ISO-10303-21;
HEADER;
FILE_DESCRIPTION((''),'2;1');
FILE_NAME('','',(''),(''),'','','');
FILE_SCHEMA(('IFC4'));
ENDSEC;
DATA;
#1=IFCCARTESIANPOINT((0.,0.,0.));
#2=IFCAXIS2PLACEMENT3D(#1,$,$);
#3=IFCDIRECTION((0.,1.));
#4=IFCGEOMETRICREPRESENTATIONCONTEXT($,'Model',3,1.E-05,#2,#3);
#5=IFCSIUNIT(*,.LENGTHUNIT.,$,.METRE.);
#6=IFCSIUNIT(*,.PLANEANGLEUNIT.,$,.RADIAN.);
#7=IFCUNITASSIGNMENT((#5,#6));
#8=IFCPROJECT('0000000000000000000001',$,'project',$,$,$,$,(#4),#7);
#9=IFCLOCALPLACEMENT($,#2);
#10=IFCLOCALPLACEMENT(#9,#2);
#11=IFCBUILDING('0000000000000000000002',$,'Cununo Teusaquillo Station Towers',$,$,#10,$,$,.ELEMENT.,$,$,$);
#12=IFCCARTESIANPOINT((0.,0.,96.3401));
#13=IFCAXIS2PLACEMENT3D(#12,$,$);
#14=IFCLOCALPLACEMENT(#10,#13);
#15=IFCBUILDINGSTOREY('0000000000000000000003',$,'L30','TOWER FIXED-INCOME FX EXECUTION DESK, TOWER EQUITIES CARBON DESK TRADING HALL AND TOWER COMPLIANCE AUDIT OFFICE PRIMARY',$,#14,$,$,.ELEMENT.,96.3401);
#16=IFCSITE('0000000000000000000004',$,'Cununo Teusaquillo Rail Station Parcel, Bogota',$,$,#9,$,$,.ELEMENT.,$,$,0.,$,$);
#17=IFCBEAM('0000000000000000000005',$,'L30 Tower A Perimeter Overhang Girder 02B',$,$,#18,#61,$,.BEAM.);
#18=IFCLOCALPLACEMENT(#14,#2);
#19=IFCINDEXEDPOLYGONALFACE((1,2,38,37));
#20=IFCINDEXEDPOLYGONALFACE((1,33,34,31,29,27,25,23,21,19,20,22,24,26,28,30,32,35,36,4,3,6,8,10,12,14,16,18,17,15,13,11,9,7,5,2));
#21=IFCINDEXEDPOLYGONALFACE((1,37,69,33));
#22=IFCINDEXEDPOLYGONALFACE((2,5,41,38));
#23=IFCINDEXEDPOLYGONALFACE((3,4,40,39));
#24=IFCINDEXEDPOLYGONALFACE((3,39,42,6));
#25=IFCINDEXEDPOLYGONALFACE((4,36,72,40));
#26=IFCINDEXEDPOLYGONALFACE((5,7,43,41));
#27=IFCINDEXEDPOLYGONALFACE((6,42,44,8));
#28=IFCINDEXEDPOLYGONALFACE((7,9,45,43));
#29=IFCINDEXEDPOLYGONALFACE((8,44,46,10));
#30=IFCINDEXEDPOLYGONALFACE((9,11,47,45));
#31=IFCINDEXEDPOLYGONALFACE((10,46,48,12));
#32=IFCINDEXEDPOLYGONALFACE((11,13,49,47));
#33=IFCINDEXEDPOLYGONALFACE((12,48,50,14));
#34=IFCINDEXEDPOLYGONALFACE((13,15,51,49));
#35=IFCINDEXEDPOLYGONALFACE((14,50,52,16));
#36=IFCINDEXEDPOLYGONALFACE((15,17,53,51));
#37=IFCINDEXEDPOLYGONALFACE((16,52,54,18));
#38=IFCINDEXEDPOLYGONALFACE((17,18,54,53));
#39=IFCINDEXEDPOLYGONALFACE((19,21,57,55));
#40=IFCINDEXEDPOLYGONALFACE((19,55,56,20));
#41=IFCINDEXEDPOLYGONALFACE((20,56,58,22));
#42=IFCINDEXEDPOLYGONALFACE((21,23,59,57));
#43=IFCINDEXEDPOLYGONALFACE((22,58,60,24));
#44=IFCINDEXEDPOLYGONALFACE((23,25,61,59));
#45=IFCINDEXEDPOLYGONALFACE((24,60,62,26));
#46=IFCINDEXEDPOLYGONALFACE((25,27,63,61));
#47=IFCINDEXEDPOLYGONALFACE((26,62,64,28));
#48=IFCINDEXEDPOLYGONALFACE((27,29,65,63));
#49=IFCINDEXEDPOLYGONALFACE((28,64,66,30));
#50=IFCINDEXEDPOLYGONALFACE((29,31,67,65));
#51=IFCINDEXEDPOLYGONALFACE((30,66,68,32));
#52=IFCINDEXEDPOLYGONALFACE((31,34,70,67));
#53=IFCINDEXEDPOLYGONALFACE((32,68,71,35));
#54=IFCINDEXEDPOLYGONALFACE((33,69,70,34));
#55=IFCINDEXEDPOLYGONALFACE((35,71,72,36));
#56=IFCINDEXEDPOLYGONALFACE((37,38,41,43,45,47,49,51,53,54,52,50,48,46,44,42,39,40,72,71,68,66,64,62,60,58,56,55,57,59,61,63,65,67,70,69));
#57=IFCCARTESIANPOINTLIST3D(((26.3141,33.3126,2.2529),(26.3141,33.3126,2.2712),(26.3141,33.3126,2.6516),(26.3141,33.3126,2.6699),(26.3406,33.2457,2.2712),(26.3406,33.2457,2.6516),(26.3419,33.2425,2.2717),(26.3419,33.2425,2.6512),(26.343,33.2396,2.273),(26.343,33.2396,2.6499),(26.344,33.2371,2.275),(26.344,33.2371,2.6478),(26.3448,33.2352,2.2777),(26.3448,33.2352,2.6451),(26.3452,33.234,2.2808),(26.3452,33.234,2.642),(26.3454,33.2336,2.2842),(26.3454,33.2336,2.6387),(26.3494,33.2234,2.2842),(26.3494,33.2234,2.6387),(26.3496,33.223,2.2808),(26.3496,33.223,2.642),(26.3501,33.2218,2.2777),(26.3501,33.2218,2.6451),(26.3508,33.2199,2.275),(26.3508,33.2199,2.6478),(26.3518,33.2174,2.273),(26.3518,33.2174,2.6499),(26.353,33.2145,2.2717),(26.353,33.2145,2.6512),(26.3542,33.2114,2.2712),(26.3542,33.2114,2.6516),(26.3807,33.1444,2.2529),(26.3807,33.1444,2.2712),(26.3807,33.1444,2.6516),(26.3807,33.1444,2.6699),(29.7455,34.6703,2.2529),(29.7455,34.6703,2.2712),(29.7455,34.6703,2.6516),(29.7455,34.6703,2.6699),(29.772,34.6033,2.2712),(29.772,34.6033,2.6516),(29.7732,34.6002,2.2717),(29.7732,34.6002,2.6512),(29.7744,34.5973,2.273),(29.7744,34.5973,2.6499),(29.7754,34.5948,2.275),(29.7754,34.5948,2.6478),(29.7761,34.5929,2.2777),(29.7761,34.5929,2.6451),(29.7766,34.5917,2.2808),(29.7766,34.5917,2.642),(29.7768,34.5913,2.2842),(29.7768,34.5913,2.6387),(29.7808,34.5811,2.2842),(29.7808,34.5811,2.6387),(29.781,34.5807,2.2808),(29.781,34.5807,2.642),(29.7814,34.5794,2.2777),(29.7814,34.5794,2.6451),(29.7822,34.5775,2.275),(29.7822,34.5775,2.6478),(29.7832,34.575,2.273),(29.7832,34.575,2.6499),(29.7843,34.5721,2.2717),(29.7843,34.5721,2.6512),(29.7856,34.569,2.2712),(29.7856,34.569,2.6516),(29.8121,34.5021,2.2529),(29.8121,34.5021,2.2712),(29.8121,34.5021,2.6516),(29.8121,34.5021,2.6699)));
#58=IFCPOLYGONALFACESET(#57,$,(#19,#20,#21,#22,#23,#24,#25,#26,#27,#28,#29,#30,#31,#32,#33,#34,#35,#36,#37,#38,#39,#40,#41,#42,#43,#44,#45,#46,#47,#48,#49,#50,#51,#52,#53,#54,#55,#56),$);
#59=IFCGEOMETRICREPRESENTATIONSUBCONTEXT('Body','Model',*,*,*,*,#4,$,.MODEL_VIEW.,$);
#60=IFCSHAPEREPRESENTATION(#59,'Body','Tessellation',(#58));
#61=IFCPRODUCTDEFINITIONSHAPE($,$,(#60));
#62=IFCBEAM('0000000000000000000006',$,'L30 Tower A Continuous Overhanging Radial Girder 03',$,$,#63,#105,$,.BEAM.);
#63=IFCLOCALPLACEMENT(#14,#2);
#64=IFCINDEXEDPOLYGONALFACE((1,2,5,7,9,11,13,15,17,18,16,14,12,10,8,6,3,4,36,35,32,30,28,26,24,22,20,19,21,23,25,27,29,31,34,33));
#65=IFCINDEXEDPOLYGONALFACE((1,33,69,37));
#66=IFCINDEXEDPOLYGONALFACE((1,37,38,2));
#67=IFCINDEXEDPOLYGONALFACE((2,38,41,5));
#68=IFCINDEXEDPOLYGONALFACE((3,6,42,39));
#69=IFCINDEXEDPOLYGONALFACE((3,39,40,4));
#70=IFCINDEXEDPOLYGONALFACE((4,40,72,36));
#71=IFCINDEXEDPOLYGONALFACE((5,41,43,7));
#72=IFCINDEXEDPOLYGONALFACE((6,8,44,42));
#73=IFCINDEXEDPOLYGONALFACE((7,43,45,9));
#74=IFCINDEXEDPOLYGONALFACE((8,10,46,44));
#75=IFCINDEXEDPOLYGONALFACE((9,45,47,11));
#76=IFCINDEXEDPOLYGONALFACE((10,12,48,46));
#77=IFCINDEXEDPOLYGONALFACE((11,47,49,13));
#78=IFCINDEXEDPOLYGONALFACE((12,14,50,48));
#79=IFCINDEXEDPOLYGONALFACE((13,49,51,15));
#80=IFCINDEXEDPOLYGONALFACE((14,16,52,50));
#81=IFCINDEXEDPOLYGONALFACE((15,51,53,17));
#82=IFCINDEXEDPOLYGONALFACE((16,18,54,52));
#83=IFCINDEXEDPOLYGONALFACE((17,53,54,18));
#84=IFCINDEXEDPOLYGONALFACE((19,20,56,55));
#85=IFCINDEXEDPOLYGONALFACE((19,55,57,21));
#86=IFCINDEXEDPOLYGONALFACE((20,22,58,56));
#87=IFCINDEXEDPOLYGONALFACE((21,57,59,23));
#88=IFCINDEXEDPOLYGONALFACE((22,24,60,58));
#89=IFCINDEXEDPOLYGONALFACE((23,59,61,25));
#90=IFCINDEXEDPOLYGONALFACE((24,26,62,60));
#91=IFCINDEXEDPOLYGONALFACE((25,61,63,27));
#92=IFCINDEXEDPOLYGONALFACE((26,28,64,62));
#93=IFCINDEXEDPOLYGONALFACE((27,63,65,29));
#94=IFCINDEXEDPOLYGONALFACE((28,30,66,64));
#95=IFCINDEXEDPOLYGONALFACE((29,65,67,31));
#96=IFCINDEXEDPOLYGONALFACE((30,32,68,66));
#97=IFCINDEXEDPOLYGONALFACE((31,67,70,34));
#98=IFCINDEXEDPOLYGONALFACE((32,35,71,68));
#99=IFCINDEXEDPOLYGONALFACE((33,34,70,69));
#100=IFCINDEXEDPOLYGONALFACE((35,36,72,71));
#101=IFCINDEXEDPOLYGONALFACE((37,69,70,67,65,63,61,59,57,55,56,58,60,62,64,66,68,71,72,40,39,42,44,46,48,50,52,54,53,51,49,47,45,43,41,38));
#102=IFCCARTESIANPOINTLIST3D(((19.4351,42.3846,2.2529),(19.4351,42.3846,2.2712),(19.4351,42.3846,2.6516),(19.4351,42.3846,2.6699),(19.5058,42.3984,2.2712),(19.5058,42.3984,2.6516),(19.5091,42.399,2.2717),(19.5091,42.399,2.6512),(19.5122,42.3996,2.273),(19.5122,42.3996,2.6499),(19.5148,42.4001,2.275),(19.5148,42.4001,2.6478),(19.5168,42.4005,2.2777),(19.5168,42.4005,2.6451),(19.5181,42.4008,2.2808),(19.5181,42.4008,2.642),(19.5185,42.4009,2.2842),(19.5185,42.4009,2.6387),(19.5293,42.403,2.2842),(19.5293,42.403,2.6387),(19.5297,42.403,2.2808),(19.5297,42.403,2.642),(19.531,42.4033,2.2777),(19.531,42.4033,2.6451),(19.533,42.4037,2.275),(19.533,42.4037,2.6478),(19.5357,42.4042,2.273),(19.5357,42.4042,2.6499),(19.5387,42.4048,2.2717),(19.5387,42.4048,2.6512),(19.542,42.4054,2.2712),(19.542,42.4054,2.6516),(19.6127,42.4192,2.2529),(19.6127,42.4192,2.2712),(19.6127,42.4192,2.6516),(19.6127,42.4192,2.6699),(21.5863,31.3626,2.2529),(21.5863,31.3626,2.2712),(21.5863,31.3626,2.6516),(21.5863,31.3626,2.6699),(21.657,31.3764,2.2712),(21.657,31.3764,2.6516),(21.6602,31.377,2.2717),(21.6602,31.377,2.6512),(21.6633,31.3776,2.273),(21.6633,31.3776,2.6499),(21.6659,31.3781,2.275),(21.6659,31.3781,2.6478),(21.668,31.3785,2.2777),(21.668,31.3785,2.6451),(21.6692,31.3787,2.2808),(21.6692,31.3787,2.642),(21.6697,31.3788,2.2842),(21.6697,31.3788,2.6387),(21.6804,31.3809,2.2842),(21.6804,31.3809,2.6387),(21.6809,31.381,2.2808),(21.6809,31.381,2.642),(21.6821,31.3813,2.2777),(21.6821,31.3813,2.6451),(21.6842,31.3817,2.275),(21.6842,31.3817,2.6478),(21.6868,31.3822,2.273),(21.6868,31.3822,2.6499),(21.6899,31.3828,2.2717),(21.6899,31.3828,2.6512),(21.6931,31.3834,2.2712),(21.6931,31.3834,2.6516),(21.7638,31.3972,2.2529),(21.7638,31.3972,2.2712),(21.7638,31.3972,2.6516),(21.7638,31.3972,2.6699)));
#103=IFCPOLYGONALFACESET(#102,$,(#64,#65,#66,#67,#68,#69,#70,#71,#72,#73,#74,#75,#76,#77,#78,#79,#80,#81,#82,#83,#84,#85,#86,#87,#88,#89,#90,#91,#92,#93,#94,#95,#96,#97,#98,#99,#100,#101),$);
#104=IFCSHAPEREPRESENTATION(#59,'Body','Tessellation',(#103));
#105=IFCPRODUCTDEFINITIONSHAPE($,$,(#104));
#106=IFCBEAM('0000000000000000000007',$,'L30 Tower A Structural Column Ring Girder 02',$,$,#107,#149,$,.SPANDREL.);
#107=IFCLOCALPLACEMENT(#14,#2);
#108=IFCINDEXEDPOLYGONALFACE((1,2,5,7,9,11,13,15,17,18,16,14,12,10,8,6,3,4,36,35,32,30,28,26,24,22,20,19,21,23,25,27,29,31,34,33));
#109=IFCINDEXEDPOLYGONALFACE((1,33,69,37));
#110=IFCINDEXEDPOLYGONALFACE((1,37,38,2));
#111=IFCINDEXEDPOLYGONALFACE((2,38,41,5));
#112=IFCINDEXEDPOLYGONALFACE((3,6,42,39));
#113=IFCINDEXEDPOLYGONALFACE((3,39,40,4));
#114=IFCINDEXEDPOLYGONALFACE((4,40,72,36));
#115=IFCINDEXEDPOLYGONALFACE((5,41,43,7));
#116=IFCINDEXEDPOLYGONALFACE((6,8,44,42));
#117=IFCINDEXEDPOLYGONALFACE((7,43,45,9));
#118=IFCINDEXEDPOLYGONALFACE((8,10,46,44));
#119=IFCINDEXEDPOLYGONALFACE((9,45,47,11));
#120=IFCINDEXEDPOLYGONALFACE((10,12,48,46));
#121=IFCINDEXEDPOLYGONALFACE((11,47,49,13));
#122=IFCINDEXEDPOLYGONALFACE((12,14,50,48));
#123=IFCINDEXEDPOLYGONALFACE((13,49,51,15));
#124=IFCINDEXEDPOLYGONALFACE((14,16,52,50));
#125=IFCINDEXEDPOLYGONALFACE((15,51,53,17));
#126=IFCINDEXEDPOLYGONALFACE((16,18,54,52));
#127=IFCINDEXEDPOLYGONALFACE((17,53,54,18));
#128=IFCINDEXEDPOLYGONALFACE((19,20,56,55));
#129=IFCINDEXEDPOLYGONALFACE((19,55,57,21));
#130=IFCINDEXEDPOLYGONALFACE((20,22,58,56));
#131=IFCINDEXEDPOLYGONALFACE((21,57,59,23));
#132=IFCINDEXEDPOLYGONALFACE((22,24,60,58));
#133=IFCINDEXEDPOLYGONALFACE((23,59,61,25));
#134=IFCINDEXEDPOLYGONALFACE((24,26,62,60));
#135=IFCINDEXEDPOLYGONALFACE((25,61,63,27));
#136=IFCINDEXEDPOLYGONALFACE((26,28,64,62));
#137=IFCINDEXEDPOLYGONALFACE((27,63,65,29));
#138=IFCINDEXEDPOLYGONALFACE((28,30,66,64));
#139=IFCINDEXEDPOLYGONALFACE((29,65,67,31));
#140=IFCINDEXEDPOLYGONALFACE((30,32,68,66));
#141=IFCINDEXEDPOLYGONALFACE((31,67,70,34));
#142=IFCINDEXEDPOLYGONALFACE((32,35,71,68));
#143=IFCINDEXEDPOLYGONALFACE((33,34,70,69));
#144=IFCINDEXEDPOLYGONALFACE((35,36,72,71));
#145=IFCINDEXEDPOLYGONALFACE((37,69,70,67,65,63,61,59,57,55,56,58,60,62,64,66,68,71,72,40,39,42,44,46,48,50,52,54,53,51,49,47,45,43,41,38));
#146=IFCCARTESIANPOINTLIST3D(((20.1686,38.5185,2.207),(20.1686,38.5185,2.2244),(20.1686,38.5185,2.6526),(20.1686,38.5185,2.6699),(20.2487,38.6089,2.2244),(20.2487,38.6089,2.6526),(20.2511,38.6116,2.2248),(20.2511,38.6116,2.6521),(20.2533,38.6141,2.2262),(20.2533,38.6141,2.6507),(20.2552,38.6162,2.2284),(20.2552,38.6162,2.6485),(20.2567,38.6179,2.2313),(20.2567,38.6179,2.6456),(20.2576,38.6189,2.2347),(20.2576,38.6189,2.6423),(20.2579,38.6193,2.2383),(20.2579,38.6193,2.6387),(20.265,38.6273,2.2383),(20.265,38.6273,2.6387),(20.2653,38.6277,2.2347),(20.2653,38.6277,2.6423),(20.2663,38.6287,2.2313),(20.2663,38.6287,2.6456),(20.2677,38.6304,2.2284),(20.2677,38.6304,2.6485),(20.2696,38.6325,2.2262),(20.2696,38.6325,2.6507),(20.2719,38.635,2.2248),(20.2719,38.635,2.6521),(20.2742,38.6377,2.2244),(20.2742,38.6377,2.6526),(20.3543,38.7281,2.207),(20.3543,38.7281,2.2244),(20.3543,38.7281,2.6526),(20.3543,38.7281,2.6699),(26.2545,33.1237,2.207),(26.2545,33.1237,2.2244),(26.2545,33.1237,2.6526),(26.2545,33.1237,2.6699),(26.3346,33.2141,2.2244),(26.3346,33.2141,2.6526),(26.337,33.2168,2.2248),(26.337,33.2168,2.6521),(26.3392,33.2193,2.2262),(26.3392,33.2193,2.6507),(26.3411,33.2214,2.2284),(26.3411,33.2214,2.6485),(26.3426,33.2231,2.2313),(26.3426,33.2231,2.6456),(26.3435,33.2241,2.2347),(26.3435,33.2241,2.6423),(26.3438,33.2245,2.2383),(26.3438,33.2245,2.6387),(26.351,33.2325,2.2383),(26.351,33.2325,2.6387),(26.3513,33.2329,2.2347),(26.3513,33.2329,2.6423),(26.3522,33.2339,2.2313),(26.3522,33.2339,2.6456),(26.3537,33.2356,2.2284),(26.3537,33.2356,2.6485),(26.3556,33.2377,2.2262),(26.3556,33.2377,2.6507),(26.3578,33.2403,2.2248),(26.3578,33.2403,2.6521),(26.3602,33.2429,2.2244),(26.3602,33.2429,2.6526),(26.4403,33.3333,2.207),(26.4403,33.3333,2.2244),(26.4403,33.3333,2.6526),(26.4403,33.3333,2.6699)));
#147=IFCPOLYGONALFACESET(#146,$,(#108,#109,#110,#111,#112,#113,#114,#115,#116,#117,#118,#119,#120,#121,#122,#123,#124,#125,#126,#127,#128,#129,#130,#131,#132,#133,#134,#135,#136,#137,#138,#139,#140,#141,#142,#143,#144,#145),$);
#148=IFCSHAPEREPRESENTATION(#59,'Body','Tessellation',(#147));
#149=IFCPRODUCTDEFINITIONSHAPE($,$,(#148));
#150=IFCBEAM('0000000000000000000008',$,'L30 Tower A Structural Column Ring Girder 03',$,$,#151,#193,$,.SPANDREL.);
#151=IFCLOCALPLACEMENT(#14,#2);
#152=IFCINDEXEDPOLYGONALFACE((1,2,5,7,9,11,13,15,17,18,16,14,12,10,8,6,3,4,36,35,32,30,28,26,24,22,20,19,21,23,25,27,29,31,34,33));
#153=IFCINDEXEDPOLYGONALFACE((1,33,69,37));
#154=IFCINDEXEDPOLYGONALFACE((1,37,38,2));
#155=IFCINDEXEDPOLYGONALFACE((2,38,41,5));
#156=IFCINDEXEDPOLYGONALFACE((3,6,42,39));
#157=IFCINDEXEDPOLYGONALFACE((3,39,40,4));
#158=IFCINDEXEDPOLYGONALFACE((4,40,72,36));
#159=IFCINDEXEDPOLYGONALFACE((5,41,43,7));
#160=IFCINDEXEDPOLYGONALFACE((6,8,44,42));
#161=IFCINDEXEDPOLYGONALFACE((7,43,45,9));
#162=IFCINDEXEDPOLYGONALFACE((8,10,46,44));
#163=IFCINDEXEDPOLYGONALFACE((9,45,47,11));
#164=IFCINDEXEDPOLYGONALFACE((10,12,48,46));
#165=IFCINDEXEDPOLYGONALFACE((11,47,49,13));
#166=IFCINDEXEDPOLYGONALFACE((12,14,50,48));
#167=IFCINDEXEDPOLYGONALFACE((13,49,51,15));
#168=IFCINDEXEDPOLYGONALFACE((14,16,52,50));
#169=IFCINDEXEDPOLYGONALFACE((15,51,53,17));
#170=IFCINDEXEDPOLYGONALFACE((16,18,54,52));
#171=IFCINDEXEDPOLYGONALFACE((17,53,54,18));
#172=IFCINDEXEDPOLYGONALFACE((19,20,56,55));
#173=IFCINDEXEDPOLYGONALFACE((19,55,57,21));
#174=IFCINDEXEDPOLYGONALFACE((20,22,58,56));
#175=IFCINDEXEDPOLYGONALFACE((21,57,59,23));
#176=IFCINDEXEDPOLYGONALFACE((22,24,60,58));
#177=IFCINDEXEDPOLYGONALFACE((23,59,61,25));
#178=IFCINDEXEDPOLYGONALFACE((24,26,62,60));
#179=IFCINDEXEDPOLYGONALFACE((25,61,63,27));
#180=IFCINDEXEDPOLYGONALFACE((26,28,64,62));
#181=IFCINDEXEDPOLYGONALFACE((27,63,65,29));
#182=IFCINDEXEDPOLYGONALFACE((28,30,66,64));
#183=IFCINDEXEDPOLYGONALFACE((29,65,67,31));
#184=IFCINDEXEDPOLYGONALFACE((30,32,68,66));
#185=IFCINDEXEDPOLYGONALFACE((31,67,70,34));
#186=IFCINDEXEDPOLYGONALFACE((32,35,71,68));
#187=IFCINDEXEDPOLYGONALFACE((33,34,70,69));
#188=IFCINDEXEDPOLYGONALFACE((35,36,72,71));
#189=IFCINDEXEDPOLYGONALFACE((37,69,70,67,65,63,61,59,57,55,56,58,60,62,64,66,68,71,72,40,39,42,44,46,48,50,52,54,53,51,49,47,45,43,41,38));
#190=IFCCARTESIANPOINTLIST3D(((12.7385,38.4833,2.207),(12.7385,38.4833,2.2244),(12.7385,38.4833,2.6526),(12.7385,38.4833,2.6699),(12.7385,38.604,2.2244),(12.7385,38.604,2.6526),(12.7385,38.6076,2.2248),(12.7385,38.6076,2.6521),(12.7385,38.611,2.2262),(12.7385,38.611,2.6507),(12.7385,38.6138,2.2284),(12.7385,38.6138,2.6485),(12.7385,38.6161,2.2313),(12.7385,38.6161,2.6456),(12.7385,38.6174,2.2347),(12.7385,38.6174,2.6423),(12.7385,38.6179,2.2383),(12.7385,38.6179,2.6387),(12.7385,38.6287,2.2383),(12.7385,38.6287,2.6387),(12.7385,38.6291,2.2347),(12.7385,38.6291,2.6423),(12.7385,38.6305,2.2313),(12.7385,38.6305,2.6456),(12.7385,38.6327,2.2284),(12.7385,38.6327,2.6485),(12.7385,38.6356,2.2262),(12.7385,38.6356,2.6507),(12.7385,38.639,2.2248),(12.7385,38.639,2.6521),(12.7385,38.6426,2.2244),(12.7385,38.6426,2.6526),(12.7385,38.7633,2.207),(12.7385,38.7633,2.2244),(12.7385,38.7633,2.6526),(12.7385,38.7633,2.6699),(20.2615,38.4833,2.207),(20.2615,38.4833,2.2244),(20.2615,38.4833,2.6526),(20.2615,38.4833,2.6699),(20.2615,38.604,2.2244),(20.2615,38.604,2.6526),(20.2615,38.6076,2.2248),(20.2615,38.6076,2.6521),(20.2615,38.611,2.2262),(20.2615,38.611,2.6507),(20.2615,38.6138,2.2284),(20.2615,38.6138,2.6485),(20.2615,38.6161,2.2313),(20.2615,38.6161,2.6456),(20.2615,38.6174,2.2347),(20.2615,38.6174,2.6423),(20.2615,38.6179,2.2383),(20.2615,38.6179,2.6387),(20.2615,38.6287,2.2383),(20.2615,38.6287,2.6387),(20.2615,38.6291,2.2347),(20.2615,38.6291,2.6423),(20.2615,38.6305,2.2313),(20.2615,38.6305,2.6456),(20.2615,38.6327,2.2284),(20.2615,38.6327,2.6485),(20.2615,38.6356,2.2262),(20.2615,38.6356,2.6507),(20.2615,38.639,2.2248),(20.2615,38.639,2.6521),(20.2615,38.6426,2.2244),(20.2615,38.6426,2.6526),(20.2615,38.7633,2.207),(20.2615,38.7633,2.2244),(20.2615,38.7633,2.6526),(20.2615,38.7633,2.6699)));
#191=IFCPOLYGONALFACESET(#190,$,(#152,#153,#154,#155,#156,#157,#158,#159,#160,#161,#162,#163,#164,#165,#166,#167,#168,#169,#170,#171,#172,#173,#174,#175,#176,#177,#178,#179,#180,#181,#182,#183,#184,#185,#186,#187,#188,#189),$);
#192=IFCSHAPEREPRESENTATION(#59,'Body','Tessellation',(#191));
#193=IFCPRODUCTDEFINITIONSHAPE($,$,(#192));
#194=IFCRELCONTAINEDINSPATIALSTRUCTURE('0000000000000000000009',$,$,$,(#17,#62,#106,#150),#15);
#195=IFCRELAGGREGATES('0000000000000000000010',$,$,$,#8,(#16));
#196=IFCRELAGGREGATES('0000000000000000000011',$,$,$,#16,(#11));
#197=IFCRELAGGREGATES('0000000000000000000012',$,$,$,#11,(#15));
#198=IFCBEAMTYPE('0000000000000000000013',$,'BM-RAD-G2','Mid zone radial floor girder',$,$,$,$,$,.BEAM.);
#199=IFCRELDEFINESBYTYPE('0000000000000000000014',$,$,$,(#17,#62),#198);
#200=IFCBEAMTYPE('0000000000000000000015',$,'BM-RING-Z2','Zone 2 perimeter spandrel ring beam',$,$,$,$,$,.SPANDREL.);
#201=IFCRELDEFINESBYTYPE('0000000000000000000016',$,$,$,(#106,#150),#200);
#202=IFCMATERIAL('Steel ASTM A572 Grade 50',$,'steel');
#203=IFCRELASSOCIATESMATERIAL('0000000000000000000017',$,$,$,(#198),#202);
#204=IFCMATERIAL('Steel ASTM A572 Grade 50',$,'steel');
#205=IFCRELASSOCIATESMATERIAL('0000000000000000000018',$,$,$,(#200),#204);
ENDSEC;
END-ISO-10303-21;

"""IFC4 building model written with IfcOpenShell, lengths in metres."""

from ifc_helpers import new_model, si_unit, direction, frame, origin, origin_2d, place, context, subcontext, project, spatial, i_section, extrude, material, material_profile, profile_set, type_object, element, save


model = new_model("IFC4")

# Units and contexts
model_context = context("Model", 3, precision=1e-05, world=origin(), true_north=direction((0.0, 1.0)))
body_context = subcontext(model_context, "Body", "Model", "MODEL_VIEW")
ifc_project = project(units=[si_unit("LENGTHUNIT", "METRE"), si_unit("PLANEANGLEUNIT", "RADIAN")], contexts=[model_context])

# Site, building, storey
site_placement = place(None, origin())
site = spatial("IfcSite", under=ifc_project, at=site_placement, Name="Cununo Teusaquillo Rail Station Parcel, Bogota", CompositionType="ELEMENT", RefElevation=0.0)
building_placement = place(site_placement, origin())
building = spatial("IfcBuilding", under=site, at=building_placement, Name="Cununo Teusaquillo Station Towers", CompositionType="ELEMENT")
storey_placement = place(building_placement, frame((0.0, 0.0, 96.3401)))
storey = spatial("IfcBuildingStorey", under=building, at=storey_placement, Name="L30", Description="TOWER FIXED-INCOME FX EXECUTION DESK, TOWER EQUITIES CARBON DESK TRADING HALL AND TOWER COMPLIANCE AUDIT OFFICE PRIMARY", CompositionType="ELEMENT", Elevation=96.3401)

# Beams
ifc_material_1 = material(Name="Steel ASTM A572 Grade 50", Category="steel")
ifc_material_profile_1 = material_profile(ifc_material_1, i_section(OverallWidth=0.1809, OverallDepth=0.417, WebThickness=0.011, FlangeThickness=0.0183, FilletRadius=0.0129, at=origin_2d()), Name="W16X57")
ifc_profile_set_1 = profile_set([ifc_material_profile_1], Name="Steel ASTM A572 Grade 50")
beam_type_1 = type_object("IfcBeamType", Name="BM-RAD-G2", Description="Mid zone radial floor girder", PredefinedType="BEAM", material=ifc_profile_set_1)
beam_1_placement = place(storey_placement, frame((26.3474, 33.2285, 2.4614), z_axis=(0.929862, 0.367909, 0.0), x_axis=(-0.367909, 0.929862, 0.0)))
element("IfcBeam", 1, at=beam_1_placement, inside=storey, type_object=beam_type_1, Name="L30 Tower A Perimeter Overhang Girder 02B", PredefinedType="BEAM", context=body_context, shape_type="SweptSolid", body=[
    extrude(i_section(OverallWidth=0.1809, OverallDepth=0.417, WebThickness=0.011, FlangeThickness=0.0183, FilletRadius=0.0129, at=origin_2d()), origin(), (0.0, 0.0, 1.0), 3.6902),
])
beam_2_placement = place(storey_placement, frame((21.675, 31.3799, 2.4614), z_axis=(-0.191553, 0.981482, 0.0), x_axis=(-0.981482, -0.191553, 0.0)))
element("IfcBeam", 2, at=beam_2_placement, inside=storey, type_object=beam_type_1, Name="L30 Tower A Continuous Overhanging Radial Girder 03", PredefinedType="BEAM", context=body_context, shape_type="SweptSolid", body=[
    extrude(i_section(OverallWidth=0.1809, OverallDepth=0.417, WebThickness=0.011, FlangeThickness=0.0183, FilletRadius=0.0129, at=origin_2d()), origin(), (0.0, 0.0, 1.0), 11.23),
])
ifc_material_2 = material(Name="Steel ASTM A572 Grade 50", Category="steel")
ifc_material_profile_2 = material_profile(ifc_material_2, i_section(OverallWidth=0.28, OverallDepth=0.4629, WebThickness=0.0107, FlangeThickness=0.0173, FilletRadius=0.0139, at=origin_2d()), Name="W18X76")
ifc_profile_set_2 = profile_set([ifc_material_profile_2], Name="Steel ASTM A572 Grade 50")
beam_type_2 = type_object("IfcBeamType", Name="BM-RING-Z2", Description="Zone 2 perimeter spandrel ring beam", PredefinedType="SPANDREL", material=ifc_profile_set_2)
beam_3_placement = place(storey_placement, frame((26.3474, 33.2285, 2.4385), z_axis=(-0.748321, 0.663337, 0.0), x_axis=(-0.663337, -0.748321, 0.0)))
element("IfcBeam", 3, at=beam_3_placement, inside=storey, type_object=beam_type_2, Name="L30 Tower A Structural Column Ring Girder 02", PredefinedType="SPANDREL", context=body_context, shape_type="SweptSolid", body=[
    extrude(i_section(OverallWidth=0.28, OverallDepth=0.4629, WebThickness=0.0107, FlangeThickness=0.0173, FilletRadius=0.0139, at=origin_2d()), origin(), (0.0, 0.0, 1.0), 8.1328),
])
beam_4_placement = place(storey_placement, frame((20.2615, 38.6233, 2.4385), z_axis=(-1.0, 0.0, 0.0), x_axis=(0.0, -1.0, 0.0)))
element("IfcBeam", 4, at=beam_4_placement, inside=storey, type_object=beam_type_2, Name="L30 Tower A Structural Column Ring Girder 03", PredefinedType="SPANDREL", context=body_context, shape_type="SweptSolid", body=[
    extrude(i_section(OverallWidth=0.28, OverallDepth=0.4629, WebThickness=0.0107, FlangeThickness=0.0173, FilletRadius=0.0139, at=origin_2d()), origin(), (0.0, 0.0, 1.0), 7.5229),
])

save(model, "model.ifc")
